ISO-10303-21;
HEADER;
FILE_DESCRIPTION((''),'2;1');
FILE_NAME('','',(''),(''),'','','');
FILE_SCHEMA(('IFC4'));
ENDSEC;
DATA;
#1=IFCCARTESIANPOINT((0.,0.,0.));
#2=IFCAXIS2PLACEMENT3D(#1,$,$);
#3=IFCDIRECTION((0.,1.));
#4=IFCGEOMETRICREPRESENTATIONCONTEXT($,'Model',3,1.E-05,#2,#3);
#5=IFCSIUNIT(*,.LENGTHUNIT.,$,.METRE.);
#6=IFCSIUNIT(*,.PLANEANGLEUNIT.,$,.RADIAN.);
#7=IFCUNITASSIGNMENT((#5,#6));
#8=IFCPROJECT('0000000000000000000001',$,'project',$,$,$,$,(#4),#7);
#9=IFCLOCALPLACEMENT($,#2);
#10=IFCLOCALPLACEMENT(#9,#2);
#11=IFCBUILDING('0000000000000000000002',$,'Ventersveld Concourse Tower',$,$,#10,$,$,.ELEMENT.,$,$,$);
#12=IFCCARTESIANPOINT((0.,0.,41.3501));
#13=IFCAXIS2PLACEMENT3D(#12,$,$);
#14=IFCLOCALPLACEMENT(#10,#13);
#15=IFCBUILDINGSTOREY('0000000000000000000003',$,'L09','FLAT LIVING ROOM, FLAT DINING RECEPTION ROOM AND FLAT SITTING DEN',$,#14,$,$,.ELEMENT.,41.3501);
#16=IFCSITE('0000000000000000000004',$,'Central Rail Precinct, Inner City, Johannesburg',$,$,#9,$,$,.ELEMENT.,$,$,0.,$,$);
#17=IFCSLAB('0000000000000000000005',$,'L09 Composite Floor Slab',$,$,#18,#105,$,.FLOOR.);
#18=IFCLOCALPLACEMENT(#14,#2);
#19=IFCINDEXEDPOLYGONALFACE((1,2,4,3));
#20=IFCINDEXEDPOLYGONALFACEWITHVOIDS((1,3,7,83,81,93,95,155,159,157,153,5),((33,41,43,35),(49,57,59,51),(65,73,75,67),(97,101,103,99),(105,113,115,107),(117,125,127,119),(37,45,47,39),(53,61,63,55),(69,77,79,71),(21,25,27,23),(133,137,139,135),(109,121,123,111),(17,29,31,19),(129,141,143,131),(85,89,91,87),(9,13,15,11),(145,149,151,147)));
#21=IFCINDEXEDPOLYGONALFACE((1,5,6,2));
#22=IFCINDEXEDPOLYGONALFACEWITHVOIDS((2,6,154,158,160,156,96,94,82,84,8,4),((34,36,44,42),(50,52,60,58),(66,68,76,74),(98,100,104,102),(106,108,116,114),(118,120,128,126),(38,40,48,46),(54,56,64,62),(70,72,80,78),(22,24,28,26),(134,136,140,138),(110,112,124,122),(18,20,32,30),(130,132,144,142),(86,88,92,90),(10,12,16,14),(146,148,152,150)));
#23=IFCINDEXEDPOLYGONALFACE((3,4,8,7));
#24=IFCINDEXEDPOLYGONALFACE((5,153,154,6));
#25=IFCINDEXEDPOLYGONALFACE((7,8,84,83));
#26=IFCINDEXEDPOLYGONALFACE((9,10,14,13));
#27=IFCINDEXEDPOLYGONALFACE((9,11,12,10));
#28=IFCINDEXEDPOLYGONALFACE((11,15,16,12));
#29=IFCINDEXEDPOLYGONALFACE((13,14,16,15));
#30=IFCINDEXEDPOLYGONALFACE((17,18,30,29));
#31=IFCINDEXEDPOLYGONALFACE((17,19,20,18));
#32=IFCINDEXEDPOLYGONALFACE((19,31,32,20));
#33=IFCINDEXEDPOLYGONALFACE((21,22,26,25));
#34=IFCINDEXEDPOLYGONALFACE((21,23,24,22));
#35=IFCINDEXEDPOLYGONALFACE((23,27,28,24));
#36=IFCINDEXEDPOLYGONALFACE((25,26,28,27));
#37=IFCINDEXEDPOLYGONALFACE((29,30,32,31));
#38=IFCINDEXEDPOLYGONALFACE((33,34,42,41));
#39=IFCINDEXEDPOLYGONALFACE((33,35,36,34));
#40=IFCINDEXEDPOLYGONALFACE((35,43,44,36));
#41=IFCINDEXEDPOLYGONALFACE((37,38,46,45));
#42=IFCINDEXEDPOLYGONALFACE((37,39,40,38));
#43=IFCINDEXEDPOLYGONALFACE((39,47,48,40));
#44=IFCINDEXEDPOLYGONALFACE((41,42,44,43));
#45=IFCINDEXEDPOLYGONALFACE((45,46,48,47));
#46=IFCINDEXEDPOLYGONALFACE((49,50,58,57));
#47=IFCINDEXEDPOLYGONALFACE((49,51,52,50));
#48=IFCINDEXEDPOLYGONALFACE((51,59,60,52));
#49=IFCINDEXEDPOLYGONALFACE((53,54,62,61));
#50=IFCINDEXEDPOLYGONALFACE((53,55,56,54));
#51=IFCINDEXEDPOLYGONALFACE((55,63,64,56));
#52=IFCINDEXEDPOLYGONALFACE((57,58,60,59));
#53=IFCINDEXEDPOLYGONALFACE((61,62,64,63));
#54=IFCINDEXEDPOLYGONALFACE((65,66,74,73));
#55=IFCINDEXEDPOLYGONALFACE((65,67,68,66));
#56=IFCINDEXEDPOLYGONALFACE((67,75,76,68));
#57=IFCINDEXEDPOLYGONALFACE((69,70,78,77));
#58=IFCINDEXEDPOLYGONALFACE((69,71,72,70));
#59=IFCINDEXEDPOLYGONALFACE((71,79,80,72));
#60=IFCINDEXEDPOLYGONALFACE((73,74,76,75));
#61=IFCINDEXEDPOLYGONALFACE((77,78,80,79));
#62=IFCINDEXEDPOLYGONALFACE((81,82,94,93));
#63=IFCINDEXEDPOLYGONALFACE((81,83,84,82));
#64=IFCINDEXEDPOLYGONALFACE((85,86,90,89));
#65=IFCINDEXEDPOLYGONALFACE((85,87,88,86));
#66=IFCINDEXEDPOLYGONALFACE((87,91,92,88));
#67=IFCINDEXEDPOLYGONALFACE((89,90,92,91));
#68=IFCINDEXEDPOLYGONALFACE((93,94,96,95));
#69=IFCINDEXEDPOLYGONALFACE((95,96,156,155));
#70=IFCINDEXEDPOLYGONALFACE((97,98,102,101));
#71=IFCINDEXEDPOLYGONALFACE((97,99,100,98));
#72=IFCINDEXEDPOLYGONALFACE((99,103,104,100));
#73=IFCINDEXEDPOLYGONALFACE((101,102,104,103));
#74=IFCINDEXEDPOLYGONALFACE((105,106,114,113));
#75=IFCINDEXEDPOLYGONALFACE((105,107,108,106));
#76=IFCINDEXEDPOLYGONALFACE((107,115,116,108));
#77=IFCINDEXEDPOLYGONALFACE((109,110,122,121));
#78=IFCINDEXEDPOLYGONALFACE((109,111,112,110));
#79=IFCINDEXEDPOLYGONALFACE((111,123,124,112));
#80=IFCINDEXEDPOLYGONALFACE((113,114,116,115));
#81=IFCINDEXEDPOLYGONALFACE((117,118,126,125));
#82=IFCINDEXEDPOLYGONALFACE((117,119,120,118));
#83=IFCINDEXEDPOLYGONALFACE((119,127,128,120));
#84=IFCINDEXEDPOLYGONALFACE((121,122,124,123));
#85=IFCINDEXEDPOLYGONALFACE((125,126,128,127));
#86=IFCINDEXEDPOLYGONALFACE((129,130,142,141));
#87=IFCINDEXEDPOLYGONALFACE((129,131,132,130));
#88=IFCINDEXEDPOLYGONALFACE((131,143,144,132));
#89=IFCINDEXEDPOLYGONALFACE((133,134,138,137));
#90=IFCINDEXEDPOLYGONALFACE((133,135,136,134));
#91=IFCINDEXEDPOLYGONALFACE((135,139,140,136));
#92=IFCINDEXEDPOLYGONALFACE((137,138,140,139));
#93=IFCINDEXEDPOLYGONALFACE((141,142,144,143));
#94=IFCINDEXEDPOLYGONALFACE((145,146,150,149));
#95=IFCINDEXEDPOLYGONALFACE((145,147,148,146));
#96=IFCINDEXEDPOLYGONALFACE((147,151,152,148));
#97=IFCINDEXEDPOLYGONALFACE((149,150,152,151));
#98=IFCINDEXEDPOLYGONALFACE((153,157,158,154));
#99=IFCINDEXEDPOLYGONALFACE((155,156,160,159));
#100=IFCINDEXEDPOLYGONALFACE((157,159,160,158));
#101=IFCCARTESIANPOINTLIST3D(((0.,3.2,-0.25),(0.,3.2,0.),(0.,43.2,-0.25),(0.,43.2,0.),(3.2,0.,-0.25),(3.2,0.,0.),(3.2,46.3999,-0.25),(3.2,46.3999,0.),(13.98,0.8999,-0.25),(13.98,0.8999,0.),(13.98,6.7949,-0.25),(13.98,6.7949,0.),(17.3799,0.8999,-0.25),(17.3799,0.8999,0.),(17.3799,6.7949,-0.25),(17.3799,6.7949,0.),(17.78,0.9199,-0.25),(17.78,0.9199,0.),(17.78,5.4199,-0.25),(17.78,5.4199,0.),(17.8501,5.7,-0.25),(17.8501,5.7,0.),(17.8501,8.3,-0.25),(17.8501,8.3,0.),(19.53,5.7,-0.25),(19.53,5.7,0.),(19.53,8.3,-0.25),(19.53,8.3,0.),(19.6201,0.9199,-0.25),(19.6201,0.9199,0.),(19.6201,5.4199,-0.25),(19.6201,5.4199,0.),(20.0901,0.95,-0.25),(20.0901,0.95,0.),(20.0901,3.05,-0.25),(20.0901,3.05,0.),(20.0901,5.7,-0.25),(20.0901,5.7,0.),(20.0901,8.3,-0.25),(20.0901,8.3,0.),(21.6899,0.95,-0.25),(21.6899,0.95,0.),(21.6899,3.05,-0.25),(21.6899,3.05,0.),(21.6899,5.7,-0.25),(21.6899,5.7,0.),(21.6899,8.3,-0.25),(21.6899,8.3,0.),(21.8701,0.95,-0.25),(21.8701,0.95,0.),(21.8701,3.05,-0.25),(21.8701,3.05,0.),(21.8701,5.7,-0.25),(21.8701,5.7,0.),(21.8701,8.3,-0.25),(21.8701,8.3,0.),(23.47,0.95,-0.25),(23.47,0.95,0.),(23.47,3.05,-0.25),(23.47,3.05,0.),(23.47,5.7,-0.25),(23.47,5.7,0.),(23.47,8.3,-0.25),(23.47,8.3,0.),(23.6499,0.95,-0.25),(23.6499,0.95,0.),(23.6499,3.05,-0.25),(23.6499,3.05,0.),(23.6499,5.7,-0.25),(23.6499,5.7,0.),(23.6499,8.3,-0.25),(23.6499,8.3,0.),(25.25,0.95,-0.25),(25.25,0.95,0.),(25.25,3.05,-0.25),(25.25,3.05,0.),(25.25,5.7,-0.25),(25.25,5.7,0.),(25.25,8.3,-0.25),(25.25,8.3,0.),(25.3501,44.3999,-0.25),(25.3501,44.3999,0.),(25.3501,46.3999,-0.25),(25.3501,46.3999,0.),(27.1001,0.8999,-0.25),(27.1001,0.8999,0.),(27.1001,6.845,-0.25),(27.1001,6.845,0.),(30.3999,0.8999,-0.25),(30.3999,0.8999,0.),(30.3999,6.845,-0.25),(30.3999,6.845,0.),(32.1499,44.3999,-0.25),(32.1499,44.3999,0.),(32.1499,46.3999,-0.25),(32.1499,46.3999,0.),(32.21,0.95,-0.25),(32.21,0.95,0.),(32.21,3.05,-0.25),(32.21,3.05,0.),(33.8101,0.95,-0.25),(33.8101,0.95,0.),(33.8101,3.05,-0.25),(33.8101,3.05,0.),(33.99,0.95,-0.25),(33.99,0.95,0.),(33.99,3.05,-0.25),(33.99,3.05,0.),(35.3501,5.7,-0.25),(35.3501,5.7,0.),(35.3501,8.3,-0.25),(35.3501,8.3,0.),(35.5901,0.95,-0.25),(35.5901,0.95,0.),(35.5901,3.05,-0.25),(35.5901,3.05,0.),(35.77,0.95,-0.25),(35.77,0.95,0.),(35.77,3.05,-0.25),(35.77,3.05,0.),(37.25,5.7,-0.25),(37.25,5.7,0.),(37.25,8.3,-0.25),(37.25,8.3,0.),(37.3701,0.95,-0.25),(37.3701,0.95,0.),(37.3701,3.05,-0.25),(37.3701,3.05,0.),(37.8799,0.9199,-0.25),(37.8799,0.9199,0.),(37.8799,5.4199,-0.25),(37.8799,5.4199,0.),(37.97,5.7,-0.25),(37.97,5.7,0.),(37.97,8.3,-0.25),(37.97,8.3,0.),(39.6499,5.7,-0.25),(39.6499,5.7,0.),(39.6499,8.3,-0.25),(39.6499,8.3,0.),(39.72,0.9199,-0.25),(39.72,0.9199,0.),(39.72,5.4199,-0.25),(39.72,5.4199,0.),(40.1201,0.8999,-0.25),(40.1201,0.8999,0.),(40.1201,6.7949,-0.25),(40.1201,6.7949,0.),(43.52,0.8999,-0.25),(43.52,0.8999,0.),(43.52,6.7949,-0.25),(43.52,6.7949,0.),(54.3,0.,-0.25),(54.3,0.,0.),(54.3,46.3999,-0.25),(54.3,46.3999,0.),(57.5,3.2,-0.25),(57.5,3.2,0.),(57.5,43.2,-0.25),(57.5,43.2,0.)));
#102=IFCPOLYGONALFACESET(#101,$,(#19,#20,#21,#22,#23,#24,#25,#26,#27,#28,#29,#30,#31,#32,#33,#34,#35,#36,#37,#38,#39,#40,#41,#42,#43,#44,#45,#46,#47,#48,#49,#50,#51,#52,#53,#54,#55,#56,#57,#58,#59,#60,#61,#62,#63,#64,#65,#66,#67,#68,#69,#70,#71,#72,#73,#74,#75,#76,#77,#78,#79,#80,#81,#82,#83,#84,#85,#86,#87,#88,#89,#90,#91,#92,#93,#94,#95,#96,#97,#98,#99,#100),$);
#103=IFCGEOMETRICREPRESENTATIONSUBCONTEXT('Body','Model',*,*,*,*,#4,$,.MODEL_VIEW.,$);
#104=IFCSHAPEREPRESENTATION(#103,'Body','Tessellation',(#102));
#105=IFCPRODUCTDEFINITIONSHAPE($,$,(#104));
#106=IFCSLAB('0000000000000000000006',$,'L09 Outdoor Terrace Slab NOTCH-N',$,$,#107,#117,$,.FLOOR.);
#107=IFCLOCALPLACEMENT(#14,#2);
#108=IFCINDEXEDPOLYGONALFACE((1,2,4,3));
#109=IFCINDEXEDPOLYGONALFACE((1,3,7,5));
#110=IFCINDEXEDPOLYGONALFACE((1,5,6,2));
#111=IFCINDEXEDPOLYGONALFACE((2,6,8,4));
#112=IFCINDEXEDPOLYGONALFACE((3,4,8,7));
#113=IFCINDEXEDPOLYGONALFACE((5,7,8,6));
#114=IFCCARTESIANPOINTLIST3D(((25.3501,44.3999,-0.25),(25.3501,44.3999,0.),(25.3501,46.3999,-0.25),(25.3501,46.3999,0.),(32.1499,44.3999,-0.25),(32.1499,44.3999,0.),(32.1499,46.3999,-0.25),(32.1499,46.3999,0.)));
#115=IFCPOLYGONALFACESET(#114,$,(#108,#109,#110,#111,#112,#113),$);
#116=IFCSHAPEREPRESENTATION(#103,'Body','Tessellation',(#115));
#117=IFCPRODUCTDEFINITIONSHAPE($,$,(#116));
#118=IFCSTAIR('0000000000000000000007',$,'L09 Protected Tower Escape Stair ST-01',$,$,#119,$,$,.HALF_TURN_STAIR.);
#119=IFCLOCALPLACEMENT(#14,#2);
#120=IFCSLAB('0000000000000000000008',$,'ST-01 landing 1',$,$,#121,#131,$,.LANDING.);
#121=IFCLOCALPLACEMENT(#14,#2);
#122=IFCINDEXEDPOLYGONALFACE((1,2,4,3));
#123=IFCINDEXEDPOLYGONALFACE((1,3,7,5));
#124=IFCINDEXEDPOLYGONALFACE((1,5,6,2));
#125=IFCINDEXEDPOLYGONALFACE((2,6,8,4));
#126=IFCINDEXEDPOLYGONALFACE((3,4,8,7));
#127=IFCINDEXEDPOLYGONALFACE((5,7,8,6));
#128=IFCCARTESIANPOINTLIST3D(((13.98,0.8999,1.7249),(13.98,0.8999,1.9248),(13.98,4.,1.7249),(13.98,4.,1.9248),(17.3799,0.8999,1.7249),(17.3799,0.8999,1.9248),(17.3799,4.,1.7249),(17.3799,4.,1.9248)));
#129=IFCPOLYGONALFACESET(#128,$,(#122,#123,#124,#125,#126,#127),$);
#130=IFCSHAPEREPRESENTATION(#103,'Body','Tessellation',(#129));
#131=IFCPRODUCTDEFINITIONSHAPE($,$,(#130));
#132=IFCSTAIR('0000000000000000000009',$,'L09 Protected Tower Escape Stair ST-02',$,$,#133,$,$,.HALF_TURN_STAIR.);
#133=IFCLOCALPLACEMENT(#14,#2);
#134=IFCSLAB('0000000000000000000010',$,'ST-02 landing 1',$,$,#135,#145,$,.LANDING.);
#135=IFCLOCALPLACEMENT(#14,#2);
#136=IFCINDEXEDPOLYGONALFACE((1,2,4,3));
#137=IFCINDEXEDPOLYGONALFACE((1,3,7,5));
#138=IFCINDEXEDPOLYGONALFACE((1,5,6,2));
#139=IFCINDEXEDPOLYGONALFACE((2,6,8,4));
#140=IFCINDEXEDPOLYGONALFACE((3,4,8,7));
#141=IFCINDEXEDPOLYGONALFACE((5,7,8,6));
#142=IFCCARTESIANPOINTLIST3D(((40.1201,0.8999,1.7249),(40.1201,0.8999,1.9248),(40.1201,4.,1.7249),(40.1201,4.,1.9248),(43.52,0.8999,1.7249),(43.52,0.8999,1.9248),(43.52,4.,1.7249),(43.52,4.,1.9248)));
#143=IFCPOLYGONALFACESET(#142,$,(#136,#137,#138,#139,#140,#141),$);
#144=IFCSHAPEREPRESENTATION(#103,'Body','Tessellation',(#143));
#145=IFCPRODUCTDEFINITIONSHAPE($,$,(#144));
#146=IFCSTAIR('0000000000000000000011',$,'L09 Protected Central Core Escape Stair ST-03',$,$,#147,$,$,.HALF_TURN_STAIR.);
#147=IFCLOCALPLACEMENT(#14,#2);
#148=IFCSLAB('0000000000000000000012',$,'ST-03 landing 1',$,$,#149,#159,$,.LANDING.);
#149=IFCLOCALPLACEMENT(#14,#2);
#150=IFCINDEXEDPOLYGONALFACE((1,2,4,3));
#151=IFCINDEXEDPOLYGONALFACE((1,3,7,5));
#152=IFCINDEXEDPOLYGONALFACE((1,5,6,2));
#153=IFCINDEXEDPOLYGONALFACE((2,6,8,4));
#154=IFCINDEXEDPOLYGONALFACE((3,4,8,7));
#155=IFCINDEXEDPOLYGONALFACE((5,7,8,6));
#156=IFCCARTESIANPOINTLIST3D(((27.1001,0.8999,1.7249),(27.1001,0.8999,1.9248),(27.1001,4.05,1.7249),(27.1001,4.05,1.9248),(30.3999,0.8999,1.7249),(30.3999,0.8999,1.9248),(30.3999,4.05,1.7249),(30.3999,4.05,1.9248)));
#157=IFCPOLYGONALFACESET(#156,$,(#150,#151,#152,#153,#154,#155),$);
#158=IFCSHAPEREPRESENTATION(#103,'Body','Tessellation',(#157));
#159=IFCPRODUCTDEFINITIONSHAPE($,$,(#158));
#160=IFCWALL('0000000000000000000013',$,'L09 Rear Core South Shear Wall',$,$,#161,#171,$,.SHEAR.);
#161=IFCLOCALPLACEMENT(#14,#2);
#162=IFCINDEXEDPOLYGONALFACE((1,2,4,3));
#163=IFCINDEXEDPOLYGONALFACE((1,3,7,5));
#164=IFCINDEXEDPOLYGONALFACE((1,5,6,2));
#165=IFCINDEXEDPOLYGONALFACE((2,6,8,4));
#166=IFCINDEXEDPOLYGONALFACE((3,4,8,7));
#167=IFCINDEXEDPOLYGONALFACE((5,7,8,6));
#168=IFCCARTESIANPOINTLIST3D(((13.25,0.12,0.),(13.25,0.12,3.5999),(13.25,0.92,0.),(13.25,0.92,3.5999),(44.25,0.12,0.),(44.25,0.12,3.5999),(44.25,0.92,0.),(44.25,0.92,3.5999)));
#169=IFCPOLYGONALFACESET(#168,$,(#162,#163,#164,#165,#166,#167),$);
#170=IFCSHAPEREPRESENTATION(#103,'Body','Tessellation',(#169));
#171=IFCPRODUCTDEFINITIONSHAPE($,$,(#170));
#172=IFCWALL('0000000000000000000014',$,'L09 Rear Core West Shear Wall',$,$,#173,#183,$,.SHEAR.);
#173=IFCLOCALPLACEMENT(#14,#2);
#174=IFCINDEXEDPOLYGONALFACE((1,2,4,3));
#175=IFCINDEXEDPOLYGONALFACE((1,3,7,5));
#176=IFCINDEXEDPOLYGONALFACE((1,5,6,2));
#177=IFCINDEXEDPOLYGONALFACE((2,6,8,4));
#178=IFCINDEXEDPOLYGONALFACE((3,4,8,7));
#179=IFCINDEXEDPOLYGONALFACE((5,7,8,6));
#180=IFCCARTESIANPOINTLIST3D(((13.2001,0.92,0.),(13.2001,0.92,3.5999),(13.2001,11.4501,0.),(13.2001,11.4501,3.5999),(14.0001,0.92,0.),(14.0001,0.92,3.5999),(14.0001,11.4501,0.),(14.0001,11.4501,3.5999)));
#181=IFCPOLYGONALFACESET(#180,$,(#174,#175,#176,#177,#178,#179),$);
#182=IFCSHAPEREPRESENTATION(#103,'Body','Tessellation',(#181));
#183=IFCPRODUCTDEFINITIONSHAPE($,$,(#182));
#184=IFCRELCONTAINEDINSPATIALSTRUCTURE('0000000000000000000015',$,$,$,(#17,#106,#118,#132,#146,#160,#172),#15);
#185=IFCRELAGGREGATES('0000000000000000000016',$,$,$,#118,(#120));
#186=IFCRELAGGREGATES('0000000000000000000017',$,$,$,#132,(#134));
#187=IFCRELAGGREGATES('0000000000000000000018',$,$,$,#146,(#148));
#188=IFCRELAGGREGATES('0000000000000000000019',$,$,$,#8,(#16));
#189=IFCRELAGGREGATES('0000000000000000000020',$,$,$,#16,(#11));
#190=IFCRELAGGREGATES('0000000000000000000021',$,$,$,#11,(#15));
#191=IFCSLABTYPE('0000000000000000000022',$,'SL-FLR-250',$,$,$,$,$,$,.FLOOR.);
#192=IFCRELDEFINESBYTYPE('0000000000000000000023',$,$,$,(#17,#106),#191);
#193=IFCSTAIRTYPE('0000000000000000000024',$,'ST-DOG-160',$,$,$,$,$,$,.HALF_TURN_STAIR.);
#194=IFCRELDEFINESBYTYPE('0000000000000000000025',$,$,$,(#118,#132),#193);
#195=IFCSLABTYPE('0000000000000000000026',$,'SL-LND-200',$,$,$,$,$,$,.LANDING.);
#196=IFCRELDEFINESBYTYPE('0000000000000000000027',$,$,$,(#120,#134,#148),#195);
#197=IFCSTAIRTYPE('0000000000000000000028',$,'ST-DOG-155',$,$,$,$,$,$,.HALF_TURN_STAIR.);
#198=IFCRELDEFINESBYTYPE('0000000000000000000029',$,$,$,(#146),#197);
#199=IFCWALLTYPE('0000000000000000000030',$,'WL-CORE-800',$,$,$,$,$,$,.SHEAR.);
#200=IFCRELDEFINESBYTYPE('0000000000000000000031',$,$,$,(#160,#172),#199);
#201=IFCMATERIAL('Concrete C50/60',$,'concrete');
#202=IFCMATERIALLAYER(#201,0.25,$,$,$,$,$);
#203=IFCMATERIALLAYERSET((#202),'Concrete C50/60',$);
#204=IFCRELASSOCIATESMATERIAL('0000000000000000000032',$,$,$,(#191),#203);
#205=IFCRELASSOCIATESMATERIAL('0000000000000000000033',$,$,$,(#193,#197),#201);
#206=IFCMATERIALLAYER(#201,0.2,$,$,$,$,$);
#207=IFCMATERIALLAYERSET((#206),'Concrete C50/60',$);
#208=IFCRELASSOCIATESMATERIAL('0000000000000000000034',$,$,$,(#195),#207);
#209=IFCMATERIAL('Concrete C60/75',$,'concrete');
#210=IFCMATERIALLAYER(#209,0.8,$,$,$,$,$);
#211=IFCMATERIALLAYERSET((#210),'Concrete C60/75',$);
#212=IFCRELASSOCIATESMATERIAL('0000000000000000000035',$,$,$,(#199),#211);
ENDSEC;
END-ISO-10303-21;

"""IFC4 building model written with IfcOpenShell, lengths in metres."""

from ifc_helpers import new_model, si_unit, direction, frame, frame_2d, origin, place, context, subcontext, project, spatial, polyline, rectangle, outline, extrude, material, layer, layer_set, type_object, element, aggregate, save


model = new_model("IFC4")

# Units and contexts
model_context = context("Model", 3, precision=1e-05, world=origin(), true_north=direction((0.0, 1.0)))
body_context = subcontext(model_context, "Body", "Model", "MODEL_VIEW")
ifc_project = project(units=[si_unit("LENGTHUNIT", "METRE"), si_unit("PLANEANGLEUNIT", "RADIAN")], contexts=[model_context])

# Site, building, storey
site_placement = place(None, origin())
site = spatial("IfcSite", under=ifc_project, at=site_placement, Name="Central Rail Precinct, Inner City, Johannesburg", CompositionType="ELEMENT", RefElevation=0.0)
building_placement = place(site_placement, origin())
building = spatial("IfcBuilding", under=site, at=building_placement, Name="Ventersveld Concourse Tower", CompositionType="ELEMENT")
storey_placement = place(building_placement, frame((0.0, 0.0, 41.3501)))
storey = spatial("IfcBuildingStorey", under=building, at=storey_placement, Name="L09", Description="FLAT LIVING ROOM, FLAT DINING RECEPTION ROOM AND FLAT SITTING DEN", CompositionType="ELEMENT", Elevation=41.3501)

# Shared definitions
ifc_material_1 = material(Name="Concrete C50/60", Category="concrete")

# Slabs
ifc_layer_1 = layer(ifc_material_1, 0.25)
ifc_layer_set_1 = layer_set([ifc_layer_1], Name="Concrete C50/60")
slab_type_1 = type_object("IfcSlabType", Name="SL-FLR-250", PredefinedType="FLOOR", material=ifc_layer_set_1)
slab_1_placement = place(storey_placement, frame((0.0, 0.0, -0.25)))
element("IfcSlab", 1, at=slab_1_placement, inside=storey, type_object=slab_type_1, Name="L09 Composite Floor Slab", PredefinedType="FLOOR", context=body_context, shape_type="SweptSolid", body=[
    extrude(outline(polyline([(3.2, 0.0), (54.3, 0.0), (57.5, 3.2), (57.5, 43.2), (54.3, 46.3999), (32.1499, 46.3999), (32.1499, 44.3999), (25.3501, 44.3999), (25.3501, 46.3999), (3.2, 46.3999), (0.0, 43.2), (0.0, 3.2), (3.2, 0.0)]), holes=[polyline([(13.98, 6.7949), (13.98, 0.8999), (17.3799, 0.8999), (17.3799, 6.7949), (13.98, 6.7949)]), polyline([(40.1201, 6.7949), (40.1201, 0.8999), (43.52, 0.8999), (43.52, 6.7949), (40.1201, 6.7949)]), polyline([(27.1001, 6.845), (27.1001, 0.8999), (30.3999, 0.8999), (30.3999, 6.845), (27.1001, 6.845)]), polyline([(17.8501, 5.7), (19.53, 5.7), (19.53, 8.3), (17.8501, 8.3), (17.8501, 5.7)]), polyline([(37.97, 5.7), (39.6499, 5.7), (39.6499, 8.3), (37.97, 8.3), (37.97, 5.7)]), polyline([(35.3501, 5.7), (37.25, 5.7), (37.25, 8.3), (35.3501, 8.3), (35.3501, 5.7)]), polyline([(20.0901, 0.95), (21.6899, 0.95), (21.6899, 3.05), (20.0901, 3.05), (20.0901, 0.95)]), polyline([(21.8701, 0.95), (23.47, 0.95), (23.47, 3.05), (21.8701, 3.05), (21.8701, 0.95)]), polyline([(23.6499, 0.95), (25.25, 0.95), (25.25, 3.05), (23.6499, 3.05), (23.6499, 0.95)]), polyline([(32.21, 0.95), (33.8101, 0.95), (33.8101, 3.05), (32.21, 3.05), (32.21, 0.95)]), polyline([(33.99, 0.95), (35.5901, 0.95), (35.5901, 3.05), (33.99, 3.05), (33.99, 0.95)]), polyline([(35.77, 0.95), (37.3701, 0.95), (37.3701, 3.05), (35.77, 3.05), (35.77, 0.95)]), polyline([(20.0901, 5.7), (21.6899, 5.7), (21.6899, 8.3), (20.0901, 8.3), (20.0901, 5.7)]), polyline([(21.8701, 5.7), (23.47, 5.7), (23.47, 8.3), (21.8701, 8.3), (21.8701, 5.7)]), polyline([(23.6499, 5.7), (25.25, 5.7), (25.25, 8.3), (23.6499, 8.3), (23.6499, 5.7)]), polyline([(17.78, 0.9199), (19.6201, 0.9199), (19.6201, 5.4199), (17.78, 5.4199), (17.78, 0.9199)]), polyline([(37.8799, 0.9199), (39.72, 0.9199), (39.72, 5.4199), (37.8799, 5.4199), (37.8799, 0.9199)])]), origin(), (0.0, 0.0, 1.0), 0.25),
])
slab_2_placement = place(storey_placement, frame((0.0, 0.0, -0.25)))
element("IfcSlab", 2, at=slab_2_placement, inside=storey, type_object=slab_type_1, Name="L09 Outdoor Terrace Slab NOTCH-N", PredefinedType="FLOOR", context=body_context, shape_type="SweptSolid", body=[
    extrude(outline(polyline([(25.3501, 44.3999), (32.1499, 44.3999), (32.1499, 46.3999), (25.3501, 46.3999), (25.3501, 44.3999)])), origin(), (0.0, 0.0, 1.0), 0.25),
])

# Stairs, slabs
stair_type_1 = type_object("IfcStairType", Name="ST-DOG-160", PredefinedType="HALF_TURN_STAIR", material=ifc_material_1)
stair_1_placement = place(storey_placement, origin())
stair_1 = element("IfcStair", 3, at=stair_1_placement, inside=storey, type_object=stair_type_1, Name="L09 Protected Tower Escape Stair ST-01", PredefinedType="HALF_TURN_STAIR")
ifc_layer_2 = layer(ifc_material_1, 0.2)
ifc_layer_set_2 = layer_set([ifc_layer_2], Name="Concrete C50/60")
slab_type_2 = type_object("IfcSlabType", Name="SL-LND-200", PredefinedType="LANDING", material=ifc_layer_set_2)
slab_3_placement = place(storey_placement, frame((0.0, 0.0, 1.7249)))
slab_3 = element("IfcSlab", 4, at=slab_3_placement, type_object=slab_type_2, Name="ST-01 landing 1", PredefinedType="LANDING", context=body_context, shape_type="SweptSolid", body=[
    extrude(outline(polyline([(13.98, 4.0), (13.98, 0.8999), (17.3799, 0.8999), (17.3799, 4.0), (13.98, 4.0)])), origin(), (0.0, 0.0, 1.0), 0.2),
])
aggregate(stair_1, [slab_3])
stair_2_placement = place(storey_placement, origin())
stair_2 = element("IfcStair", 5, at=stair_2_placement, inside=storey, type_object=stair_type_1, Name="L09 Protected Tower Escape Stair ST-02", PredefinedType="HALF_TURN_STAIR")
slab_4_placement = place(storey_placement, frame((0.0, 0.0, 1.7249)))
slab_4 = element("IfcSlab", 6, at=slab_4_placement, type_object=slab_type_2, Name="ST-02 landing 1", PredefinedType="LANDING", context=body_context, shape_type="SweptSolid", body=[
    extrude(outline(polyline([(40.1201, 4.0), (40.1201, 0.8999), (43.52, 0.8999), (43.52, 4.0), (40.1201, 4.0)])), origin(), (0.0, 0.0, 1.0), 0.2),
])
aggregate(stair_2, [slab_4])
stair_type_2 = type_object("IfcStairType", Name="ST-DOG-155", PredefinedType="HALF_TURN_STAIR", material=ifc_material_1)
stair_3_placement = place(storey_placement, origin())
stair_3 = element("IfcStair", 7, at=stair_3_placement, inside=storey, type_object=stair_type_2, Name="L09 Protected Central Core Escape Stair ST-03", PredefinedType="HALF_TURN_STAIR")
slab_5_placement = place(storey_placement, frame((0.0, 0.0, 1.7249)))
slab_5 = element("IfcSlab", 8, at=slab_5_placement, type_object=slab_type_2, Name="ST-03 landing 1", PredefinedType="LANDING", context=body_context, shape_type="SweptSolid", body=[
    extrude(outline(polyline([(27.1001, 4.05), (27.1001, 0.8999), (30.3999, 0.8999), (30.3999, 4.05), (27.1001, 4.05)])), origin(), (0.0, 0.0, 1.0), 0.2),
])
aggregate(stair_3, [slab_5])

# Walls
ifc_material_2 = material(Name="Concrete C60/75", Category="concrete")
ifc_layer_3 = layer(ifc_material_2, 0.8)
ifc_layer_set_3 = layer_set([ifc_layer_3], Name="Concrete C60/75")
wall_type_1 = type_object("IfcWallType", Name="WL-CORE-800", PredefinedType="SHEAR", material=ifc_layer_set_3)
wall_1_placement = place(storey_placement, frame((13.25, 0.52, 0.0), z_axis=(0.0, 0.0, 1.0), x_axis=(1.0, 0.0, 0.0)))
element("IfcWall", 9, at=wall_1_placement, inside=storey, type_object=wall_type_1, Name="L09 Rear Core South Shear Wall", PredefinedType="SHEAR", context=body_context, shape_type="SweptSolid", body=[
    extrude(rectangle(XDim=31.0, YDim=0.8, at=frame_2d((15.5, 0.0))), origin(), (0.0, 0.0, 1.0), 3.5999),
])
wall_2_placement = place(storey_placement, frame((13.6001, 0.9199, 0.0), z_axis=(0.0, 0.0, 1.0), x_axis=(0.0, 1.0, 0.0)))
element("IfcWall", 10, at=wall_2_placement, inside=storey, type_object=wall_type_1, Name="L09 Rear Core West Shear Wall", PredefinedType="SHEAR", context=body_context, shape_type="SweptSolid", body=[
    extrude(rectangle(XDim=10.53, YDim=0.8, at=frame_2d((5.2651, 0.0))), origin(), (0.0, 0.0, 1.0), 3.5999),
])

save(model, "model.ifc")
